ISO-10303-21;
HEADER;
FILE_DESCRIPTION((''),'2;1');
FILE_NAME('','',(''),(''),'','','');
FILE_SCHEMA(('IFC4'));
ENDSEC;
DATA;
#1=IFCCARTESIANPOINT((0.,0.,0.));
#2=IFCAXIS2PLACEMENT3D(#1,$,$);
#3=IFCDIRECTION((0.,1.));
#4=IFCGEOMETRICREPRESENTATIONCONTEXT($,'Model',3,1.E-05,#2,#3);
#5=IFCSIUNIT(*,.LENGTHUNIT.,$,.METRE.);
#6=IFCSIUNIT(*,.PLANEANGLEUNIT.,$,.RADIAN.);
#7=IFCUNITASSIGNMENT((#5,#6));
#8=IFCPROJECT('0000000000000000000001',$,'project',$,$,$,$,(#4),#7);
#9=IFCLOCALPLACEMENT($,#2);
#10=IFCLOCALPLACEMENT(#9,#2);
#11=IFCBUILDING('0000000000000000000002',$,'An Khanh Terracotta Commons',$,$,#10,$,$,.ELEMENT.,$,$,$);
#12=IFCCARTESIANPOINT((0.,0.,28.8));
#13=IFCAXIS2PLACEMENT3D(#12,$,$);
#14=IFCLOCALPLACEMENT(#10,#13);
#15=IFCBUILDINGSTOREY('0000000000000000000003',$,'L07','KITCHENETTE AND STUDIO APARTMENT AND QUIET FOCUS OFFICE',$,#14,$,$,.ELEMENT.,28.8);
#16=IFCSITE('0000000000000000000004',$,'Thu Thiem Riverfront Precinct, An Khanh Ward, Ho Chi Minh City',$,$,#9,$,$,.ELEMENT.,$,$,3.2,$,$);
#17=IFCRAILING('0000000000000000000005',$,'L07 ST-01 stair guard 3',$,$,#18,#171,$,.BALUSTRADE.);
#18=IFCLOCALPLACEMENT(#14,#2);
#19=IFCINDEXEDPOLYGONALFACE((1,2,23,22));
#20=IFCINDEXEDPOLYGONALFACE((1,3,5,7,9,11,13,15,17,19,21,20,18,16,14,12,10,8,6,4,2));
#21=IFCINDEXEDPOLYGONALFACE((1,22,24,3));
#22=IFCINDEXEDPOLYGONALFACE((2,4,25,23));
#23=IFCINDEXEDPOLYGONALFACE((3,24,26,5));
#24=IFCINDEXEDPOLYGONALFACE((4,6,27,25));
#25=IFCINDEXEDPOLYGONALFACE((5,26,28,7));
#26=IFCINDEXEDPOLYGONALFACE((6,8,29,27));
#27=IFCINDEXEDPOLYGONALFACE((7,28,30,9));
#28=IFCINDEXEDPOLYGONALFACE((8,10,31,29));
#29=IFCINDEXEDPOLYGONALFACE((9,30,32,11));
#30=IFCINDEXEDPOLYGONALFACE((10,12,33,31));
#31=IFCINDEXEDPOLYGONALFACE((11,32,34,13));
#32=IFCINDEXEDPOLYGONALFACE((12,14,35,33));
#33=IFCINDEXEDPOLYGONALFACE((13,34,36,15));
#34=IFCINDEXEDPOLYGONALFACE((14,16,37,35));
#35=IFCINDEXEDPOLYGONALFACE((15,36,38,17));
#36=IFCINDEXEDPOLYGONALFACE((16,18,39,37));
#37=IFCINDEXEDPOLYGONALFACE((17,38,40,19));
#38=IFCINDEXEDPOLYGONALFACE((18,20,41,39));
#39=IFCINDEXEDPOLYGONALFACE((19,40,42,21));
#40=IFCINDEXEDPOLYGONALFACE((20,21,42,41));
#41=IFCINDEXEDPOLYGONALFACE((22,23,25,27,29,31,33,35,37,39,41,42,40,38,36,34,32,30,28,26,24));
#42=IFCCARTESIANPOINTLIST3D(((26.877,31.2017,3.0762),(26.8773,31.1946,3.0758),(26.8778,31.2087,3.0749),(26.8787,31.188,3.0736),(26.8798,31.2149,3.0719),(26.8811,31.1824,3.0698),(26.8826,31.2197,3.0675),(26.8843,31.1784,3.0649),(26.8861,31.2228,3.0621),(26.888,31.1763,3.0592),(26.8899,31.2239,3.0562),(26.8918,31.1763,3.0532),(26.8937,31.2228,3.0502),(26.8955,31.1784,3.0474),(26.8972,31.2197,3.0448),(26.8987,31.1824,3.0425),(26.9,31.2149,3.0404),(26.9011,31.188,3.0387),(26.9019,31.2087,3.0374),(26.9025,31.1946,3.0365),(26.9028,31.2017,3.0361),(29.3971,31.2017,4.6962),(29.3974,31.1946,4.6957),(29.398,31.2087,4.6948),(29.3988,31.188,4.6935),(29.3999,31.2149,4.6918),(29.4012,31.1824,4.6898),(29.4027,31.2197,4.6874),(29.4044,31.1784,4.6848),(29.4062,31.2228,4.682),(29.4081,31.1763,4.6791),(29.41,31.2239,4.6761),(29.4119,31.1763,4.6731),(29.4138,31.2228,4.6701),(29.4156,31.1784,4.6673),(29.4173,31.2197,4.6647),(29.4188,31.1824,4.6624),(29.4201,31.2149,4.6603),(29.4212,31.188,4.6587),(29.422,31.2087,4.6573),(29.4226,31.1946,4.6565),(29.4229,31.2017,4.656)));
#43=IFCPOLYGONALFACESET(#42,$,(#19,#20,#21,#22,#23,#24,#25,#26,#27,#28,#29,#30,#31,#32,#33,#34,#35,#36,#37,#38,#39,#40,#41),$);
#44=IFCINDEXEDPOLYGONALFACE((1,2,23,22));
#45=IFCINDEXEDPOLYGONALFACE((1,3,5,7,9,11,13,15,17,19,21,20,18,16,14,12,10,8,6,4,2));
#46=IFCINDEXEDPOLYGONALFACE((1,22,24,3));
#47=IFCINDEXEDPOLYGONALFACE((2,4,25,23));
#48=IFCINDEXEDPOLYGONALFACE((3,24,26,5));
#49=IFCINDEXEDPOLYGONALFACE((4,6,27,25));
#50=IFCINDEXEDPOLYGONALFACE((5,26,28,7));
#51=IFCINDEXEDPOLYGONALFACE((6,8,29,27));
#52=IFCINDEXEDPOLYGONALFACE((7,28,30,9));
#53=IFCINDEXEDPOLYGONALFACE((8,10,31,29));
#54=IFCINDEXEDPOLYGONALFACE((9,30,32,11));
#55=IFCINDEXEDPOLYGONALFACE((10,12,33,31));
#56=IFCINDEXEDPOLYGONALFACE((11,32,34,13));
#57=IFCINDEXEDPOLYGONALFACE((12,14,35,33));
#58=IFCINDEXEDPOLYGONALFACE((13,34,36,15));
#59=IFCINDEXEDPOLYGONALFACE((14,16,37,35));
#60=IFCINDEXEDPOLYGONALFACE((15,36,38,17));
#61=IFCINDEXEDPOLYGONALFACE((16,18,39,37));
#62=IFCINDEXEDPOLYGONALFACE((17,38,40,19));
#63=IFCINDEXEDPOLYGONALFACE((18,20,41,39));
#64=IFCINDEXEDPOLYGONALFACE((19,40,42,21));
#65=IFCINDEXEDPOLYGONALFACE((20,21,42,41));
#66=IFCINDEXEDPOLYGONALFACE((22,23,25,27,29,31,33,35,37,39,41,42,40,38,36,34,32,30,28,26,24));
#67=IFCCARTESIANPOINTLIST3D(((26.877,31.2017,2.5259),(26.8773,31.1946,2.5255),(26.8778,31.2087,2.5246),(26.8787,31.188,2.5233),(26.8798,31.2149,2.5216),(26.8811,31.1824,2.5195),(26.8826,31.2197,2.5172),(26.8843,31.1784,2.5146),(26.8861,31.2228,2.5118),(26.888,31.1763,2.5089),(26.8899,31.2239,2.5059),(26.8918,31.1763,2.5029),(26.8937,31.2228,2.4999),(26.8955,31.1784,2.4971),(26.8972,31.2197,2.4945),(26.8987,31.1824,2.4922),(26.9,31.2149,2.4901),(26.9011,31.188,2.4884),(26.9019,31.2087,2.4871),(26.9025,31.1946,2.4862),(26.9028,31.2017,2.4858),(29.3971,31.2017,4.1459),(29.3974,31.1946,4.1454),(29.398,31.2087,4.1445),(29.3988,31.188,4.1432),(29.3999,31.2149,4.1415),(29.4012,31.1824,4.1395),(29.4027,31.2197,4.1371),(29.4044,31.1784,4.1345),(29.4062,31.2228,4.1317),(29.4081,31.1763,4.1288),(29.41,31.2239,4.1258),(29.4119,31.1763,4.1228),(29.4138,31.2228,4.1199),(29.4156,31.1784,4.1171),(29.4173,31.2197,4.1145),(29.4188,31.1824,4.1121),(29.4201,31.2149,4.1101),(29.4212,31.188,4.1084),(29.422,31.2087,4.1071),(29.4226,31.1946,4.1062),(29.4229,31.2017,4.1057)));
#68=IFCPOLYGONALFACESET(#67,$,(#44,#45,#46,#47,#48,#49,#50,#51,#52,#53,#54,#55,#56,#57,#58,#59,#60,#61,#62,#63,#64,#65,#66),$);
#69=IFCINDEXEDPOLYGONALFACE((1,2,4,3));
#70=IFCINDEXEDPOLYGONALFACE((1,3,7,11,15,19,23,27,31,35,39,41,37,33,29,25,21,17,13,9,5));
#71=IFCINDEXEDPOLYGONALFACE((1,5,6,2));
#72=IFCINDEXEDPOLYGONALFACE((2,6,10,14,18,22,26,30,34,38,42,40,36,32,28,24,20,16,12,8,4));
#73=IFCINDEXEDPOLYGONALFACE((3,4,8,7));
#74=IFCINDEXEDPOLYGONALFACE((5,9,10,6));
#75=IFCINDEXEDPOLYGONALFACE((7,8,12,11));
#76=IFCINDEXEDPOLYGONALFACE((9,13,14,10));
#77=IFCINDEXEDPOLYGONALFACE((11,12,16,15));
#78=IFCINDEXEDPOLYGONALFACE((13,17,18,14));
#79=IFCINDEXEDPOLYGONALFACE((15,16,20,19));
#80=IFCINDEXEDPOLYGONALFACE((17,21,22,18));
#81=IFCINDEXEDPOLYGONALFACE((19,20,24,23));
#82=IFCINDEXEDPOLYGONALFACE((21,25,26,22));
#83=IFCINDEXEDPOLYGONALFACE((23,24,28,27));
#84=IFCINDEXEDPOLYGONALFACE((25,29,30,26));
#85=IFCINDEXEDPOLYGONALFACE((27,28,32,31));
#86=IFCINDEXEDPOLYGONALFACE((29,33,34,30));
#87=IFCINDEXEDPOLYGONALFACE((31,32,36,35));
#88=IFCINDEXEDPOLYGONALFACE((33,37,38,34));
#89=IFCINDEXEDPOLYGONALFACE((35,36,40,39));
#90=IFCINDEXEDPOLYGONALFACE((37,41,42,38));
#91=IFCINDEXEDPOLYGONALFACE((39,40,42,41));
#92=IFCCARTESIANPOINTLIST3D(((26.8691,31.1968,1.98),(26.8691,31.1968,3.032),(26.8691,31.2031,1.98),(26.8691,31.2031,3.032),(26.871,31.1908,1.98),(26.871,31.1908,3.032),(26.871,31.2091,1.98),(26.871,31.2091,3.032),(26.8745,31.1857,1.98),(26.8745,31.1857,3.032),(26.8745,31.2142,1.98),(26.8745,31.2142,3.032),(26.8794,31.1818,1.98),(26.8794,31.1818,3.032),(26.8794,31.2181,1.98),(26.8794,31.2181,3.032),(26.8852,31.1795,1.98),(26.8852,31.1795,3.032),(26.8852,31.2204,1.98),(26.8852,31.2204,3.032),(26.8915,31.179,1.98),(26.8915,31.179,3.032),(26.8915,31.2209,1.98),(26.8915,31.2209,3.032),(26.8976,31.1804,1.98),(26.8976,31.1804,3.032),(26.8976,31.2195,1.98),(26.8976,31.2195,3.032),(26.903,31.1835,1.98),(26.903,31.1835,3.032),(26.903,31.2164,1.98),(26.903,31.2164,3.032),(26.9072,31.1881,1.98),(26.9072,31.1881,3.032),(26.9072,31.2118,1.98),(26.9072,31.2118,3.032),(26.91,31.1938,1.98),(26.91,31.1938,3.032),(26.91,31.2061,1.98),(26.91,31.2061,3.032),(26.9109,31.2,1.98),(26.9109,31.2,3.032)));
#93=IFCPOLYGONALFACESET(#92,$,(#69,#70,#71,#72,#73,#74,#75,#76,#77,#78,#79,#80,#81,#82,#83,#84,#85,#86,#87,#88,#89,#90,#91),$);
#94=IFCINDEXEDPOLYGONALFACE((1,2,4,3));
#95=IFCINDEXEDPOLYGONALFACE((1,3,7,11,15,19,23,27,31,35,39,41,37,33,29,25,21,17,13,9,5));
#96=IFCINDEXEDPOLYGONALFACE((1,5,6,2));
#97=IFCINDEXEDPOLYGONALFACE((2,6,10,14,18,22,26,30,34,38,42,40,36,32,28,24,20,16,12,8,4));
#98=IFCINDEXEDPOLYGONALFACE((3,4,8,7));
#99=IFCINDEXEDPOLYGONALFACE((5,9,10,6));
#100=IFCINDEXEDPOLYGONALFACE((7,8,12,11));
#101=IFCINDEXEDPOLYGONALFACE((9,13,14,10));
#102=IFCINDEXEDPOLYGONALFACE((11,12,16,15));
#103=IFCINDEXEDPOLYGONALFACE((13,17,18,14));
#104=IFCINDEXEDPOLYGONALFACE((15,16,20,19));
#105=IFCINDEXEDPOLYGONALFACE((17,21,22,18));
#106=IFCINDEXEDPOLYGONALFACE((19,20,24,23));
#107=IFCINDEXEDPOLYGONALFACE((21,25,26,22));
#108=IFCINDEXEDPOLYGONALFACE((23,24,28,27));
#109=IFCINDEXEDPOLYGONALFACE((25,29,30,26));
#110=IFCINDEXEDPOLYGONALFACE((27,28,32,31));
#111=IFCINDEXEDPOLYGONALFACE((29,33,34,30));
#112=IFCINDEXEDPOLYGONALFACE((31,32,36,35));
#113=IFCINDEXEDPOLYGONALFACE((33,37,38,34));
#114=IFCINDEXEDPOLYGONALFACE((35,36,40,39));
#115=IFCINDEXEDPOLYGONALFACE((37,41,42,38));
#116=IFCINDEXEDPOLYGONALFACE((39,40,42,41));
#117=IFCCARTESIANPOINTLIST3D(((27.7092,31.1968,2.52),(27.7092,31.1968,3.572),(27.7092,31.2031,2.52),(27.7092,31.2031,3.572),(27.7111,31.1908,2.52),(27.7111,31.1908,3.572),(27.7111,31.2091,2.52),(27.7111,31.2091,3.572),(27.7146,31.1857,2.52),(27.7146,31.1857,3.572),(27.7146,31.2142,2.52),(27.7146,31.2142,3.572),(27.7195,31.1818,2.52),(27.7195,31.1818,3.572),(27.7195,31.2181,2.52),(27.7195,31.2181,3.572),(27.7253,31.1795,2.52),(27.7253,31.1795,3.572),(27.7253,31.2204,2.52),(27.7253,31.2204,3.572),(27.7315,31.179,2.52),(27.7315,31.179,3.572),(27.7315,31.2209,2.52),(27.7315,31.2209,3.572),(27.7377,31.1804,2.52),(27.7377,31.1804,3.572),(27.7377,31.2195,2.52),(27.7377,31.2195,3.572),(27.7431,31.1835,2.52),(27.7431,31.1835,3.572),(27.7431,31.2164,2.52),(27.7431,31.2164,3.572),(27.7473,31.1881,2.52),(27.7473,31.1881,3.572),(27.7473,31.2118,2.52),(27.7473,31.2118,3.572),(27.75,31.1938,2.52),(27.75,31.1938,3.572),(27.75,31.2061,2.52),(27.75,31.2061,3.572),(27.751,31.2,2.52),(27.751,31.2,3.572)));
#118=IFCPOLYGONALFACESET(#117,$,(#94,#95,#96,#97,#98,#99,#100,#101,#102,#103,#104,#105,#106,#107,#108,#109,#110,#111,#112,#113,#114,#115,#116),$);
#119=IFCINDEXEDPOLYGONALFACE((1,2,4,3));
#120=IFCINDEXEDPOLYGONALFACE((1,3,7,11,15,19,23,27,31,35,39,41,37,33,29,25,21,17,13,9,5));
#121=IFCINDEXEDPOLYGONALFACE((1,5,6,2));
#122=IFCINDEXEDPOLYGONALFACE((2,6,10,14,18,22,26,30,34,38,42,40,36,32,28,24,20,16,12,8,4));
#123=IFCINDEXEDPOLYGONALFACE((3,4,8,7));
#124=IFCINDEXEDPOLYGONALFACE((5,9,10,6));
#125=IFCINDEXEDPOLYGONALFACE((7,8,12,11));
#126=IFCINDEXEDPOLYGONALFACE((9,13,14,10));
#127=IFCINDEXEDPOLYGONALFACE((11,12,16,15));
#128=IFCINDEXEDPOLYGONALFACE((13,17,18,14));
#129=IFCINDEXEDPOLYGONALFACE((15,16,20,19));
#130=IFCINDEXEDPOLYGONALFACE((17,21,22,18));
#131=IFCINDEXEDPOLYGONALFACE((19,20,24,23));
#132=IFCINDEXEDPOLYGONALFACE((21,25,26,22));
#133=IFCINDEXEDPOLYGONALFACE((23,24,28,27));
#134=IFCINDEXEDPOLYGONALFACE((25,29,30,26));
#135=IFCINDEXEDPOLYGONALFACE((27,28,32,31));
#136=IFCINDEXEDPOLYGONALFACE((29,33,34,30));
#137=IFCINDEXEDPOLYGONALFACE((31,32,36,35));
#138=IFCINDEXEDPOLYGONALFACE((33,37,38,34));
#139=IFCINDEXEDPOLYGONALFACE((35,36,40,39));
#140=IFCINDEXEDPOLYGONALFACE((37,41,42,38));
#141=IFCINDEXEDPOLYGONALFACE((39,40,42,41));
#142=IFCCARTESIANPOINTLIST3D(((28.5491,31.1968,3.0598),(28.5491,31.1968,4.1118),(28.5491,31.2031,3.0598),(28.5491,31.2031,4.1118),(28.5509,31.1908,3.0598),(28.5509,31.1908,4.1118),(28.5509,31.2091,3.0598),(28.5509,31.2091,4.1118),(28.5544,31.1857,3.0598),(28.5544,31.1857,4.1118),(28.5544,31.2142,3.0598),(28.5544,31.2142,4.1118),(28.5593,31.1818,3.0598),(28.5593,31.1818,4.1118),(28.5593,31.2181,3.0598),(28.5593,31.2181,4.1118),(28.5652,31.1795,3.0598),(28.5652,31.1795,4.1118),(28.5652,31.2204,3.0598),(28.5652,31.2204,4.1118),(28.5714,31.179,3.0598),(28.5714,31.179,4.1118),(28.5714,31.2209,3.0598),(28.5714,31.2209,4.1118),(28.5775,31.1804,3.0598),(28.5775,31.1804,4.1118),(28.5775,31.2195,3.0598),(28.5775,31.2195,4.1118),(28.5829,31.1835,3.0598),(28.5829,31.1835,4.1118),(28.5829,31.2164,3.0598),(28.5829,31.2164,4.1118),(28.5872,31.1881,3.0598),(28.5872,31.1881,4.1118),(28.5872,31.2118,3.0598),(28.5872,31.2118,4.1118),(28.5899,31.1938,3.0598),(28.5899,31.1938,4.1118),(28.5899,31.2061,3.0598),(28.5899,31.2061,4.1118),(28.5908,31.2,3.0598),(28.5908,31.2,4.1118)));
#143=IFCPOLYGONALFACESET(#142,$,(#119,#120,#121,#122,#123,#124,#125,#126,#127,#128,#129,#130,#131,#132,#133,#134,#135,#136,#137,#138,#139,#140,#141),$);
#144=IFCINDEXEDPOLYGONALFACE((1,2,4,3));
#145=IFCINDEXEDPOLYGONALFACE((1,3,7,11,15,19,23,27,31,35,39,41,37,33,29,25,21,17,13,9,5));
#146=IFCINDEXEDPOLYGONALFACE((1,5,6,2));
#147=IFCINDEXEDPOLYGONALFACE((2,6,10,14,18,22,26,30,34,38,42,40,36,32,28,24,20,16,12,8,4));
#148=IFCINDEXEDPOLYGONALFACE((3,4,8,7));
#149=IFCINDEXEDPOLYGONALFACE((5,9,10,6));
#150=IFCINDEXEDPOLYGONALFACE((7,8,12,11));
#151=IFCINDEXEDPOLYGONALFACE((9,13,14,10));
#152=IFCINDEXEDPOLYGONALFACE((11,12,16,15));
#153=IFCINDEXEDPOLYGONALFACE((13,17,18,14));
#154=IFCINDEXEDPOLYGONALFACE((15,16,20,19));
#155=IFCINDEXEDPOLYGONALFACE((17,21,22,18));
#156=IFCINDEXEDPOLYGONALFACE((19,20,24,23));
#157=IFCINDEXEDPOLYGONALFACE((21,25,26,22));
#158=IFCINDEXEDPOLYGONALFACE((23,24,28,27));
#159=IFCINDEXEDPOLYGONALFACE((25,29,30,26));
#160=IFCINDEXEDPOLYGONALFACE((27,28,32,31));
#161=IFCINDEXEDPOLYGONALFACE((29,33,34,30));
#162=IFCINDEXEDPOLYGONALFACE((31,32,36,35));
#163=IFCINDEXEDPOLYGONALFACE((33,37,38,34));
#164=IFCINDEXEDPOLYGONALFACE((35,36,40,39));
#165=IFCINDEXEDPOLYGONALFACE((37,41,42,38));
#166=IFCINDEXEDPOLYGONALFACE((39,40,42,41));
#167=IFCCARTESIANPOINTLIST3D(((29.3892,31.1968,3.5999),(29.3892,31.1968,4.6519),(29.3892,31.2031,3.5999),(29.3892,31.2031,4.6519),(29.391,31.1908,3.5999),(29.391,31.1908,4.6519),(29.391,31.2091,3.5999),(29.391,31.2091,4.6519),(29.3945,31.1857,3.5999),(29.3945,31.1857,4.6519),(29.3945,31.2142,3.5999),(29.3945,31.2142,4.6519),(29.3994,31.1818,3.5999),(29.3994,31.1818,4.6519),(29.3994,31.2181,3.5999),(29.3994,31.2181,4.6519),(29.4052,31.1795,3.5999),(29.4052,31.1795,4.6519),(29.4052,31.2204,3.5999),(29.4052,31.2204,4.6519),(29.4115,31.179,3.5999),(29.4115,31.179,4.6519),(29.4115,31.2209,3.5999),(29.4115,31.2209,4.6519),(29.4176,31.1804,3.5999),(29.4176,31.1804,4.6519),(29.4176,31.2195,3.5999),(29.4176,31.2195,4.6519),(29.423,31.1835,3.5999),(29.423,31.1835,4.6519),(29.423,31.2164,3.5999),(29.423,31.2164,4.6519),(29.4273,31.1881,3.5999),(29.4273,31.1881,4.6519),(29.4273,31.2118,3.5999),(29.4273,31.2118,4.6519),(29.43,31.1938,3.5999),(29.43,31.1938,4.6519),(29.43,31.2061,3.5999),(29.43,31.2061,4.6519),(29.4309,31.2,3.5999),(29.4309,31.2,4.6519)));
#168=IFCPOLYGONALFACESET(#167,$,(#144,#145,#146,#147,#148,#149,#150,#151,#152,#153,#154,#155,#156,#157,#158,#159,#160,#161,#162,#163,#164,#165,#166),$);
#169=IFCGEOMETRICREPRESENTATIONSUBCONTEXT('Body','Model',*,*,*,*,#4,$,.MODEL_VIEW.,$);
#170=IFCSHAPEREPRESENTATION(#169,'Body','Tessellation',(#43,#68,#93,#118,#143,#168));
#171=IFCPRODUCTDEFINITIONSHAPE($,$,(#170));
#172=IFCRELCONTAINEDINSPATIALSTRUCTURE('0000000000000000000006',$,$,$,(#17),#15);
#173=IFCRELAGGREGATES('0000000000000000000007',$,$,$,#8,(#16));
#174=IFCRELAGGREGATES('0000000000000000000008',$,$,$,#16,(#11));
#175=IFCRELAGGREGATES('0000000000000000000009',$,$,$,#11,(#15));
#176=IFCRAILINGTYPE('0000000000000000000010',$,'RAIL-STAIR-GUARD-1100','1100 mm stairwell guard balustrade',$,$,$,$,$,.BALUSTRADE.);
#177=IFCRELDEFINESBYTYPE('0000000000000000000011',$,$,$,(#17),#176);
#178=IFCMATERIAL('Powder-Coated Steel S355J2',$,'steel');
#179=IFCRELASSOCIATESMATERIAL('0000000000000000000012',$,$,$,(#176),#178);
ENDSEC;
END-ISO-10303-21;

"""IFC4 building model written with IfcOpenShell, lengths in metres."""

from ifc_helpers import new_model, si_unit, direction, frame, origin, origin_2d, place, context, subcontext, project, spatial, circle, extrude, material, type_object, element, save


model = new_model("IFC4")

# Units and contexts
model_context = context("Model", 3, precision=1e-05, world=origin(), true_north=direction((0.0, 1.0)))
body_context = subcontext(model_context, "Body", "Model", "MODEL_VIEW")
ifc_project = project(units=[si_unit("LENGTHUNIT", "METRE"), si_unit("PLANEANGLEUNIT", "RADIAN")], contexts=[model_context])

# Site, building, storey
site_placement = place(None, origin())
site = spatial("IfcSite", under=ifc_project, at=site_placement, Name="Thu Thiem Riverfront Precinct, An Khanh Ward, Ho Chi Minh City", CompositionType="ELEMENT", RefElevation=3.2)
building_placement = place(site_placement, origin())
building = spatial("IfcBuilding", under=site, at=building_placement, Name="An Khanh Terracotta Commons", CompositionType="ELEMENT")
storey_placement = place(building_placement, frame((0.0, 0.0, 28.8)))
storey = spatial("IfcBuildingStorey", under=building, at=storey_placement, Name="L07", Description="KITCHENETTE AND STUDIO APARTMENT AND QUIET FOCUS OFFICE", CompositionType="ELEMENT", Elevation=28.8)

# Railing
ifc_material_1 = material(Name="Powder-Coated Steel S355J2", Category="steel")
railing_type_1 = type_object("IfcRailingType", Name="RAIL-STAIR-GUARD-1100", Description="1100 mm stairwell guard balustrade", PredefinedType="BALUSTRADE", material=ifc_material_1)
railing_1_placement = place(storey_placement, frame((26.8899, 31.2, 1.98)))
element("IfcRailing", 1, at=railing_1_placement, inside=storey, type_object=railing_type_1, Name="L07 ST-01 stair guard 3", PredefinedType="BALUSTRADE", context=body_context, shape_type="SweptSolid", body=[
    extrude(circle(Radius=0.0239, at=origin_2d()), frame((0.0, 0.0, 1.0762), z_axis=(0.8412, 0.0, 0.540725), x_axis=(0.0, 1.0, 0.0)), (0.0, 0.0, 1.0), 2.9958),
    extrude(circle(Radius=0.0239, at=origin_2d()), frame((0.0, 0.0, 0.5259), z_axis=(0.8412, 0.0, 0.540725), x_axis=(0.0, 1.0, 0.0)), (0.0, 0.0, 1.0), 2.9958),
    extrude(circle(Radius=0.021, at=origin_2d()), origin(), (0.0, 0.0, 1.0), 1.052),
    extrude(circle(Radius=0.021, at=origin_2d()), frame((0.8401, 0.0, 0.54)), (0.0, 0.0, 1.0), 1.052),
    extrude(circle(Radius=0.021, at=origin_2d()), frame((1.6799, 0.0, 1.0798)), (0.0, 0.0, 1.0), 1.052),
    extrude(circle(Radius=0.021, at=origin_2d()), frame((2.52, 0.0, 1.6199)), (0.0, 0.0, 1.0), 1.052),
])

save(model, "model.ifc")
